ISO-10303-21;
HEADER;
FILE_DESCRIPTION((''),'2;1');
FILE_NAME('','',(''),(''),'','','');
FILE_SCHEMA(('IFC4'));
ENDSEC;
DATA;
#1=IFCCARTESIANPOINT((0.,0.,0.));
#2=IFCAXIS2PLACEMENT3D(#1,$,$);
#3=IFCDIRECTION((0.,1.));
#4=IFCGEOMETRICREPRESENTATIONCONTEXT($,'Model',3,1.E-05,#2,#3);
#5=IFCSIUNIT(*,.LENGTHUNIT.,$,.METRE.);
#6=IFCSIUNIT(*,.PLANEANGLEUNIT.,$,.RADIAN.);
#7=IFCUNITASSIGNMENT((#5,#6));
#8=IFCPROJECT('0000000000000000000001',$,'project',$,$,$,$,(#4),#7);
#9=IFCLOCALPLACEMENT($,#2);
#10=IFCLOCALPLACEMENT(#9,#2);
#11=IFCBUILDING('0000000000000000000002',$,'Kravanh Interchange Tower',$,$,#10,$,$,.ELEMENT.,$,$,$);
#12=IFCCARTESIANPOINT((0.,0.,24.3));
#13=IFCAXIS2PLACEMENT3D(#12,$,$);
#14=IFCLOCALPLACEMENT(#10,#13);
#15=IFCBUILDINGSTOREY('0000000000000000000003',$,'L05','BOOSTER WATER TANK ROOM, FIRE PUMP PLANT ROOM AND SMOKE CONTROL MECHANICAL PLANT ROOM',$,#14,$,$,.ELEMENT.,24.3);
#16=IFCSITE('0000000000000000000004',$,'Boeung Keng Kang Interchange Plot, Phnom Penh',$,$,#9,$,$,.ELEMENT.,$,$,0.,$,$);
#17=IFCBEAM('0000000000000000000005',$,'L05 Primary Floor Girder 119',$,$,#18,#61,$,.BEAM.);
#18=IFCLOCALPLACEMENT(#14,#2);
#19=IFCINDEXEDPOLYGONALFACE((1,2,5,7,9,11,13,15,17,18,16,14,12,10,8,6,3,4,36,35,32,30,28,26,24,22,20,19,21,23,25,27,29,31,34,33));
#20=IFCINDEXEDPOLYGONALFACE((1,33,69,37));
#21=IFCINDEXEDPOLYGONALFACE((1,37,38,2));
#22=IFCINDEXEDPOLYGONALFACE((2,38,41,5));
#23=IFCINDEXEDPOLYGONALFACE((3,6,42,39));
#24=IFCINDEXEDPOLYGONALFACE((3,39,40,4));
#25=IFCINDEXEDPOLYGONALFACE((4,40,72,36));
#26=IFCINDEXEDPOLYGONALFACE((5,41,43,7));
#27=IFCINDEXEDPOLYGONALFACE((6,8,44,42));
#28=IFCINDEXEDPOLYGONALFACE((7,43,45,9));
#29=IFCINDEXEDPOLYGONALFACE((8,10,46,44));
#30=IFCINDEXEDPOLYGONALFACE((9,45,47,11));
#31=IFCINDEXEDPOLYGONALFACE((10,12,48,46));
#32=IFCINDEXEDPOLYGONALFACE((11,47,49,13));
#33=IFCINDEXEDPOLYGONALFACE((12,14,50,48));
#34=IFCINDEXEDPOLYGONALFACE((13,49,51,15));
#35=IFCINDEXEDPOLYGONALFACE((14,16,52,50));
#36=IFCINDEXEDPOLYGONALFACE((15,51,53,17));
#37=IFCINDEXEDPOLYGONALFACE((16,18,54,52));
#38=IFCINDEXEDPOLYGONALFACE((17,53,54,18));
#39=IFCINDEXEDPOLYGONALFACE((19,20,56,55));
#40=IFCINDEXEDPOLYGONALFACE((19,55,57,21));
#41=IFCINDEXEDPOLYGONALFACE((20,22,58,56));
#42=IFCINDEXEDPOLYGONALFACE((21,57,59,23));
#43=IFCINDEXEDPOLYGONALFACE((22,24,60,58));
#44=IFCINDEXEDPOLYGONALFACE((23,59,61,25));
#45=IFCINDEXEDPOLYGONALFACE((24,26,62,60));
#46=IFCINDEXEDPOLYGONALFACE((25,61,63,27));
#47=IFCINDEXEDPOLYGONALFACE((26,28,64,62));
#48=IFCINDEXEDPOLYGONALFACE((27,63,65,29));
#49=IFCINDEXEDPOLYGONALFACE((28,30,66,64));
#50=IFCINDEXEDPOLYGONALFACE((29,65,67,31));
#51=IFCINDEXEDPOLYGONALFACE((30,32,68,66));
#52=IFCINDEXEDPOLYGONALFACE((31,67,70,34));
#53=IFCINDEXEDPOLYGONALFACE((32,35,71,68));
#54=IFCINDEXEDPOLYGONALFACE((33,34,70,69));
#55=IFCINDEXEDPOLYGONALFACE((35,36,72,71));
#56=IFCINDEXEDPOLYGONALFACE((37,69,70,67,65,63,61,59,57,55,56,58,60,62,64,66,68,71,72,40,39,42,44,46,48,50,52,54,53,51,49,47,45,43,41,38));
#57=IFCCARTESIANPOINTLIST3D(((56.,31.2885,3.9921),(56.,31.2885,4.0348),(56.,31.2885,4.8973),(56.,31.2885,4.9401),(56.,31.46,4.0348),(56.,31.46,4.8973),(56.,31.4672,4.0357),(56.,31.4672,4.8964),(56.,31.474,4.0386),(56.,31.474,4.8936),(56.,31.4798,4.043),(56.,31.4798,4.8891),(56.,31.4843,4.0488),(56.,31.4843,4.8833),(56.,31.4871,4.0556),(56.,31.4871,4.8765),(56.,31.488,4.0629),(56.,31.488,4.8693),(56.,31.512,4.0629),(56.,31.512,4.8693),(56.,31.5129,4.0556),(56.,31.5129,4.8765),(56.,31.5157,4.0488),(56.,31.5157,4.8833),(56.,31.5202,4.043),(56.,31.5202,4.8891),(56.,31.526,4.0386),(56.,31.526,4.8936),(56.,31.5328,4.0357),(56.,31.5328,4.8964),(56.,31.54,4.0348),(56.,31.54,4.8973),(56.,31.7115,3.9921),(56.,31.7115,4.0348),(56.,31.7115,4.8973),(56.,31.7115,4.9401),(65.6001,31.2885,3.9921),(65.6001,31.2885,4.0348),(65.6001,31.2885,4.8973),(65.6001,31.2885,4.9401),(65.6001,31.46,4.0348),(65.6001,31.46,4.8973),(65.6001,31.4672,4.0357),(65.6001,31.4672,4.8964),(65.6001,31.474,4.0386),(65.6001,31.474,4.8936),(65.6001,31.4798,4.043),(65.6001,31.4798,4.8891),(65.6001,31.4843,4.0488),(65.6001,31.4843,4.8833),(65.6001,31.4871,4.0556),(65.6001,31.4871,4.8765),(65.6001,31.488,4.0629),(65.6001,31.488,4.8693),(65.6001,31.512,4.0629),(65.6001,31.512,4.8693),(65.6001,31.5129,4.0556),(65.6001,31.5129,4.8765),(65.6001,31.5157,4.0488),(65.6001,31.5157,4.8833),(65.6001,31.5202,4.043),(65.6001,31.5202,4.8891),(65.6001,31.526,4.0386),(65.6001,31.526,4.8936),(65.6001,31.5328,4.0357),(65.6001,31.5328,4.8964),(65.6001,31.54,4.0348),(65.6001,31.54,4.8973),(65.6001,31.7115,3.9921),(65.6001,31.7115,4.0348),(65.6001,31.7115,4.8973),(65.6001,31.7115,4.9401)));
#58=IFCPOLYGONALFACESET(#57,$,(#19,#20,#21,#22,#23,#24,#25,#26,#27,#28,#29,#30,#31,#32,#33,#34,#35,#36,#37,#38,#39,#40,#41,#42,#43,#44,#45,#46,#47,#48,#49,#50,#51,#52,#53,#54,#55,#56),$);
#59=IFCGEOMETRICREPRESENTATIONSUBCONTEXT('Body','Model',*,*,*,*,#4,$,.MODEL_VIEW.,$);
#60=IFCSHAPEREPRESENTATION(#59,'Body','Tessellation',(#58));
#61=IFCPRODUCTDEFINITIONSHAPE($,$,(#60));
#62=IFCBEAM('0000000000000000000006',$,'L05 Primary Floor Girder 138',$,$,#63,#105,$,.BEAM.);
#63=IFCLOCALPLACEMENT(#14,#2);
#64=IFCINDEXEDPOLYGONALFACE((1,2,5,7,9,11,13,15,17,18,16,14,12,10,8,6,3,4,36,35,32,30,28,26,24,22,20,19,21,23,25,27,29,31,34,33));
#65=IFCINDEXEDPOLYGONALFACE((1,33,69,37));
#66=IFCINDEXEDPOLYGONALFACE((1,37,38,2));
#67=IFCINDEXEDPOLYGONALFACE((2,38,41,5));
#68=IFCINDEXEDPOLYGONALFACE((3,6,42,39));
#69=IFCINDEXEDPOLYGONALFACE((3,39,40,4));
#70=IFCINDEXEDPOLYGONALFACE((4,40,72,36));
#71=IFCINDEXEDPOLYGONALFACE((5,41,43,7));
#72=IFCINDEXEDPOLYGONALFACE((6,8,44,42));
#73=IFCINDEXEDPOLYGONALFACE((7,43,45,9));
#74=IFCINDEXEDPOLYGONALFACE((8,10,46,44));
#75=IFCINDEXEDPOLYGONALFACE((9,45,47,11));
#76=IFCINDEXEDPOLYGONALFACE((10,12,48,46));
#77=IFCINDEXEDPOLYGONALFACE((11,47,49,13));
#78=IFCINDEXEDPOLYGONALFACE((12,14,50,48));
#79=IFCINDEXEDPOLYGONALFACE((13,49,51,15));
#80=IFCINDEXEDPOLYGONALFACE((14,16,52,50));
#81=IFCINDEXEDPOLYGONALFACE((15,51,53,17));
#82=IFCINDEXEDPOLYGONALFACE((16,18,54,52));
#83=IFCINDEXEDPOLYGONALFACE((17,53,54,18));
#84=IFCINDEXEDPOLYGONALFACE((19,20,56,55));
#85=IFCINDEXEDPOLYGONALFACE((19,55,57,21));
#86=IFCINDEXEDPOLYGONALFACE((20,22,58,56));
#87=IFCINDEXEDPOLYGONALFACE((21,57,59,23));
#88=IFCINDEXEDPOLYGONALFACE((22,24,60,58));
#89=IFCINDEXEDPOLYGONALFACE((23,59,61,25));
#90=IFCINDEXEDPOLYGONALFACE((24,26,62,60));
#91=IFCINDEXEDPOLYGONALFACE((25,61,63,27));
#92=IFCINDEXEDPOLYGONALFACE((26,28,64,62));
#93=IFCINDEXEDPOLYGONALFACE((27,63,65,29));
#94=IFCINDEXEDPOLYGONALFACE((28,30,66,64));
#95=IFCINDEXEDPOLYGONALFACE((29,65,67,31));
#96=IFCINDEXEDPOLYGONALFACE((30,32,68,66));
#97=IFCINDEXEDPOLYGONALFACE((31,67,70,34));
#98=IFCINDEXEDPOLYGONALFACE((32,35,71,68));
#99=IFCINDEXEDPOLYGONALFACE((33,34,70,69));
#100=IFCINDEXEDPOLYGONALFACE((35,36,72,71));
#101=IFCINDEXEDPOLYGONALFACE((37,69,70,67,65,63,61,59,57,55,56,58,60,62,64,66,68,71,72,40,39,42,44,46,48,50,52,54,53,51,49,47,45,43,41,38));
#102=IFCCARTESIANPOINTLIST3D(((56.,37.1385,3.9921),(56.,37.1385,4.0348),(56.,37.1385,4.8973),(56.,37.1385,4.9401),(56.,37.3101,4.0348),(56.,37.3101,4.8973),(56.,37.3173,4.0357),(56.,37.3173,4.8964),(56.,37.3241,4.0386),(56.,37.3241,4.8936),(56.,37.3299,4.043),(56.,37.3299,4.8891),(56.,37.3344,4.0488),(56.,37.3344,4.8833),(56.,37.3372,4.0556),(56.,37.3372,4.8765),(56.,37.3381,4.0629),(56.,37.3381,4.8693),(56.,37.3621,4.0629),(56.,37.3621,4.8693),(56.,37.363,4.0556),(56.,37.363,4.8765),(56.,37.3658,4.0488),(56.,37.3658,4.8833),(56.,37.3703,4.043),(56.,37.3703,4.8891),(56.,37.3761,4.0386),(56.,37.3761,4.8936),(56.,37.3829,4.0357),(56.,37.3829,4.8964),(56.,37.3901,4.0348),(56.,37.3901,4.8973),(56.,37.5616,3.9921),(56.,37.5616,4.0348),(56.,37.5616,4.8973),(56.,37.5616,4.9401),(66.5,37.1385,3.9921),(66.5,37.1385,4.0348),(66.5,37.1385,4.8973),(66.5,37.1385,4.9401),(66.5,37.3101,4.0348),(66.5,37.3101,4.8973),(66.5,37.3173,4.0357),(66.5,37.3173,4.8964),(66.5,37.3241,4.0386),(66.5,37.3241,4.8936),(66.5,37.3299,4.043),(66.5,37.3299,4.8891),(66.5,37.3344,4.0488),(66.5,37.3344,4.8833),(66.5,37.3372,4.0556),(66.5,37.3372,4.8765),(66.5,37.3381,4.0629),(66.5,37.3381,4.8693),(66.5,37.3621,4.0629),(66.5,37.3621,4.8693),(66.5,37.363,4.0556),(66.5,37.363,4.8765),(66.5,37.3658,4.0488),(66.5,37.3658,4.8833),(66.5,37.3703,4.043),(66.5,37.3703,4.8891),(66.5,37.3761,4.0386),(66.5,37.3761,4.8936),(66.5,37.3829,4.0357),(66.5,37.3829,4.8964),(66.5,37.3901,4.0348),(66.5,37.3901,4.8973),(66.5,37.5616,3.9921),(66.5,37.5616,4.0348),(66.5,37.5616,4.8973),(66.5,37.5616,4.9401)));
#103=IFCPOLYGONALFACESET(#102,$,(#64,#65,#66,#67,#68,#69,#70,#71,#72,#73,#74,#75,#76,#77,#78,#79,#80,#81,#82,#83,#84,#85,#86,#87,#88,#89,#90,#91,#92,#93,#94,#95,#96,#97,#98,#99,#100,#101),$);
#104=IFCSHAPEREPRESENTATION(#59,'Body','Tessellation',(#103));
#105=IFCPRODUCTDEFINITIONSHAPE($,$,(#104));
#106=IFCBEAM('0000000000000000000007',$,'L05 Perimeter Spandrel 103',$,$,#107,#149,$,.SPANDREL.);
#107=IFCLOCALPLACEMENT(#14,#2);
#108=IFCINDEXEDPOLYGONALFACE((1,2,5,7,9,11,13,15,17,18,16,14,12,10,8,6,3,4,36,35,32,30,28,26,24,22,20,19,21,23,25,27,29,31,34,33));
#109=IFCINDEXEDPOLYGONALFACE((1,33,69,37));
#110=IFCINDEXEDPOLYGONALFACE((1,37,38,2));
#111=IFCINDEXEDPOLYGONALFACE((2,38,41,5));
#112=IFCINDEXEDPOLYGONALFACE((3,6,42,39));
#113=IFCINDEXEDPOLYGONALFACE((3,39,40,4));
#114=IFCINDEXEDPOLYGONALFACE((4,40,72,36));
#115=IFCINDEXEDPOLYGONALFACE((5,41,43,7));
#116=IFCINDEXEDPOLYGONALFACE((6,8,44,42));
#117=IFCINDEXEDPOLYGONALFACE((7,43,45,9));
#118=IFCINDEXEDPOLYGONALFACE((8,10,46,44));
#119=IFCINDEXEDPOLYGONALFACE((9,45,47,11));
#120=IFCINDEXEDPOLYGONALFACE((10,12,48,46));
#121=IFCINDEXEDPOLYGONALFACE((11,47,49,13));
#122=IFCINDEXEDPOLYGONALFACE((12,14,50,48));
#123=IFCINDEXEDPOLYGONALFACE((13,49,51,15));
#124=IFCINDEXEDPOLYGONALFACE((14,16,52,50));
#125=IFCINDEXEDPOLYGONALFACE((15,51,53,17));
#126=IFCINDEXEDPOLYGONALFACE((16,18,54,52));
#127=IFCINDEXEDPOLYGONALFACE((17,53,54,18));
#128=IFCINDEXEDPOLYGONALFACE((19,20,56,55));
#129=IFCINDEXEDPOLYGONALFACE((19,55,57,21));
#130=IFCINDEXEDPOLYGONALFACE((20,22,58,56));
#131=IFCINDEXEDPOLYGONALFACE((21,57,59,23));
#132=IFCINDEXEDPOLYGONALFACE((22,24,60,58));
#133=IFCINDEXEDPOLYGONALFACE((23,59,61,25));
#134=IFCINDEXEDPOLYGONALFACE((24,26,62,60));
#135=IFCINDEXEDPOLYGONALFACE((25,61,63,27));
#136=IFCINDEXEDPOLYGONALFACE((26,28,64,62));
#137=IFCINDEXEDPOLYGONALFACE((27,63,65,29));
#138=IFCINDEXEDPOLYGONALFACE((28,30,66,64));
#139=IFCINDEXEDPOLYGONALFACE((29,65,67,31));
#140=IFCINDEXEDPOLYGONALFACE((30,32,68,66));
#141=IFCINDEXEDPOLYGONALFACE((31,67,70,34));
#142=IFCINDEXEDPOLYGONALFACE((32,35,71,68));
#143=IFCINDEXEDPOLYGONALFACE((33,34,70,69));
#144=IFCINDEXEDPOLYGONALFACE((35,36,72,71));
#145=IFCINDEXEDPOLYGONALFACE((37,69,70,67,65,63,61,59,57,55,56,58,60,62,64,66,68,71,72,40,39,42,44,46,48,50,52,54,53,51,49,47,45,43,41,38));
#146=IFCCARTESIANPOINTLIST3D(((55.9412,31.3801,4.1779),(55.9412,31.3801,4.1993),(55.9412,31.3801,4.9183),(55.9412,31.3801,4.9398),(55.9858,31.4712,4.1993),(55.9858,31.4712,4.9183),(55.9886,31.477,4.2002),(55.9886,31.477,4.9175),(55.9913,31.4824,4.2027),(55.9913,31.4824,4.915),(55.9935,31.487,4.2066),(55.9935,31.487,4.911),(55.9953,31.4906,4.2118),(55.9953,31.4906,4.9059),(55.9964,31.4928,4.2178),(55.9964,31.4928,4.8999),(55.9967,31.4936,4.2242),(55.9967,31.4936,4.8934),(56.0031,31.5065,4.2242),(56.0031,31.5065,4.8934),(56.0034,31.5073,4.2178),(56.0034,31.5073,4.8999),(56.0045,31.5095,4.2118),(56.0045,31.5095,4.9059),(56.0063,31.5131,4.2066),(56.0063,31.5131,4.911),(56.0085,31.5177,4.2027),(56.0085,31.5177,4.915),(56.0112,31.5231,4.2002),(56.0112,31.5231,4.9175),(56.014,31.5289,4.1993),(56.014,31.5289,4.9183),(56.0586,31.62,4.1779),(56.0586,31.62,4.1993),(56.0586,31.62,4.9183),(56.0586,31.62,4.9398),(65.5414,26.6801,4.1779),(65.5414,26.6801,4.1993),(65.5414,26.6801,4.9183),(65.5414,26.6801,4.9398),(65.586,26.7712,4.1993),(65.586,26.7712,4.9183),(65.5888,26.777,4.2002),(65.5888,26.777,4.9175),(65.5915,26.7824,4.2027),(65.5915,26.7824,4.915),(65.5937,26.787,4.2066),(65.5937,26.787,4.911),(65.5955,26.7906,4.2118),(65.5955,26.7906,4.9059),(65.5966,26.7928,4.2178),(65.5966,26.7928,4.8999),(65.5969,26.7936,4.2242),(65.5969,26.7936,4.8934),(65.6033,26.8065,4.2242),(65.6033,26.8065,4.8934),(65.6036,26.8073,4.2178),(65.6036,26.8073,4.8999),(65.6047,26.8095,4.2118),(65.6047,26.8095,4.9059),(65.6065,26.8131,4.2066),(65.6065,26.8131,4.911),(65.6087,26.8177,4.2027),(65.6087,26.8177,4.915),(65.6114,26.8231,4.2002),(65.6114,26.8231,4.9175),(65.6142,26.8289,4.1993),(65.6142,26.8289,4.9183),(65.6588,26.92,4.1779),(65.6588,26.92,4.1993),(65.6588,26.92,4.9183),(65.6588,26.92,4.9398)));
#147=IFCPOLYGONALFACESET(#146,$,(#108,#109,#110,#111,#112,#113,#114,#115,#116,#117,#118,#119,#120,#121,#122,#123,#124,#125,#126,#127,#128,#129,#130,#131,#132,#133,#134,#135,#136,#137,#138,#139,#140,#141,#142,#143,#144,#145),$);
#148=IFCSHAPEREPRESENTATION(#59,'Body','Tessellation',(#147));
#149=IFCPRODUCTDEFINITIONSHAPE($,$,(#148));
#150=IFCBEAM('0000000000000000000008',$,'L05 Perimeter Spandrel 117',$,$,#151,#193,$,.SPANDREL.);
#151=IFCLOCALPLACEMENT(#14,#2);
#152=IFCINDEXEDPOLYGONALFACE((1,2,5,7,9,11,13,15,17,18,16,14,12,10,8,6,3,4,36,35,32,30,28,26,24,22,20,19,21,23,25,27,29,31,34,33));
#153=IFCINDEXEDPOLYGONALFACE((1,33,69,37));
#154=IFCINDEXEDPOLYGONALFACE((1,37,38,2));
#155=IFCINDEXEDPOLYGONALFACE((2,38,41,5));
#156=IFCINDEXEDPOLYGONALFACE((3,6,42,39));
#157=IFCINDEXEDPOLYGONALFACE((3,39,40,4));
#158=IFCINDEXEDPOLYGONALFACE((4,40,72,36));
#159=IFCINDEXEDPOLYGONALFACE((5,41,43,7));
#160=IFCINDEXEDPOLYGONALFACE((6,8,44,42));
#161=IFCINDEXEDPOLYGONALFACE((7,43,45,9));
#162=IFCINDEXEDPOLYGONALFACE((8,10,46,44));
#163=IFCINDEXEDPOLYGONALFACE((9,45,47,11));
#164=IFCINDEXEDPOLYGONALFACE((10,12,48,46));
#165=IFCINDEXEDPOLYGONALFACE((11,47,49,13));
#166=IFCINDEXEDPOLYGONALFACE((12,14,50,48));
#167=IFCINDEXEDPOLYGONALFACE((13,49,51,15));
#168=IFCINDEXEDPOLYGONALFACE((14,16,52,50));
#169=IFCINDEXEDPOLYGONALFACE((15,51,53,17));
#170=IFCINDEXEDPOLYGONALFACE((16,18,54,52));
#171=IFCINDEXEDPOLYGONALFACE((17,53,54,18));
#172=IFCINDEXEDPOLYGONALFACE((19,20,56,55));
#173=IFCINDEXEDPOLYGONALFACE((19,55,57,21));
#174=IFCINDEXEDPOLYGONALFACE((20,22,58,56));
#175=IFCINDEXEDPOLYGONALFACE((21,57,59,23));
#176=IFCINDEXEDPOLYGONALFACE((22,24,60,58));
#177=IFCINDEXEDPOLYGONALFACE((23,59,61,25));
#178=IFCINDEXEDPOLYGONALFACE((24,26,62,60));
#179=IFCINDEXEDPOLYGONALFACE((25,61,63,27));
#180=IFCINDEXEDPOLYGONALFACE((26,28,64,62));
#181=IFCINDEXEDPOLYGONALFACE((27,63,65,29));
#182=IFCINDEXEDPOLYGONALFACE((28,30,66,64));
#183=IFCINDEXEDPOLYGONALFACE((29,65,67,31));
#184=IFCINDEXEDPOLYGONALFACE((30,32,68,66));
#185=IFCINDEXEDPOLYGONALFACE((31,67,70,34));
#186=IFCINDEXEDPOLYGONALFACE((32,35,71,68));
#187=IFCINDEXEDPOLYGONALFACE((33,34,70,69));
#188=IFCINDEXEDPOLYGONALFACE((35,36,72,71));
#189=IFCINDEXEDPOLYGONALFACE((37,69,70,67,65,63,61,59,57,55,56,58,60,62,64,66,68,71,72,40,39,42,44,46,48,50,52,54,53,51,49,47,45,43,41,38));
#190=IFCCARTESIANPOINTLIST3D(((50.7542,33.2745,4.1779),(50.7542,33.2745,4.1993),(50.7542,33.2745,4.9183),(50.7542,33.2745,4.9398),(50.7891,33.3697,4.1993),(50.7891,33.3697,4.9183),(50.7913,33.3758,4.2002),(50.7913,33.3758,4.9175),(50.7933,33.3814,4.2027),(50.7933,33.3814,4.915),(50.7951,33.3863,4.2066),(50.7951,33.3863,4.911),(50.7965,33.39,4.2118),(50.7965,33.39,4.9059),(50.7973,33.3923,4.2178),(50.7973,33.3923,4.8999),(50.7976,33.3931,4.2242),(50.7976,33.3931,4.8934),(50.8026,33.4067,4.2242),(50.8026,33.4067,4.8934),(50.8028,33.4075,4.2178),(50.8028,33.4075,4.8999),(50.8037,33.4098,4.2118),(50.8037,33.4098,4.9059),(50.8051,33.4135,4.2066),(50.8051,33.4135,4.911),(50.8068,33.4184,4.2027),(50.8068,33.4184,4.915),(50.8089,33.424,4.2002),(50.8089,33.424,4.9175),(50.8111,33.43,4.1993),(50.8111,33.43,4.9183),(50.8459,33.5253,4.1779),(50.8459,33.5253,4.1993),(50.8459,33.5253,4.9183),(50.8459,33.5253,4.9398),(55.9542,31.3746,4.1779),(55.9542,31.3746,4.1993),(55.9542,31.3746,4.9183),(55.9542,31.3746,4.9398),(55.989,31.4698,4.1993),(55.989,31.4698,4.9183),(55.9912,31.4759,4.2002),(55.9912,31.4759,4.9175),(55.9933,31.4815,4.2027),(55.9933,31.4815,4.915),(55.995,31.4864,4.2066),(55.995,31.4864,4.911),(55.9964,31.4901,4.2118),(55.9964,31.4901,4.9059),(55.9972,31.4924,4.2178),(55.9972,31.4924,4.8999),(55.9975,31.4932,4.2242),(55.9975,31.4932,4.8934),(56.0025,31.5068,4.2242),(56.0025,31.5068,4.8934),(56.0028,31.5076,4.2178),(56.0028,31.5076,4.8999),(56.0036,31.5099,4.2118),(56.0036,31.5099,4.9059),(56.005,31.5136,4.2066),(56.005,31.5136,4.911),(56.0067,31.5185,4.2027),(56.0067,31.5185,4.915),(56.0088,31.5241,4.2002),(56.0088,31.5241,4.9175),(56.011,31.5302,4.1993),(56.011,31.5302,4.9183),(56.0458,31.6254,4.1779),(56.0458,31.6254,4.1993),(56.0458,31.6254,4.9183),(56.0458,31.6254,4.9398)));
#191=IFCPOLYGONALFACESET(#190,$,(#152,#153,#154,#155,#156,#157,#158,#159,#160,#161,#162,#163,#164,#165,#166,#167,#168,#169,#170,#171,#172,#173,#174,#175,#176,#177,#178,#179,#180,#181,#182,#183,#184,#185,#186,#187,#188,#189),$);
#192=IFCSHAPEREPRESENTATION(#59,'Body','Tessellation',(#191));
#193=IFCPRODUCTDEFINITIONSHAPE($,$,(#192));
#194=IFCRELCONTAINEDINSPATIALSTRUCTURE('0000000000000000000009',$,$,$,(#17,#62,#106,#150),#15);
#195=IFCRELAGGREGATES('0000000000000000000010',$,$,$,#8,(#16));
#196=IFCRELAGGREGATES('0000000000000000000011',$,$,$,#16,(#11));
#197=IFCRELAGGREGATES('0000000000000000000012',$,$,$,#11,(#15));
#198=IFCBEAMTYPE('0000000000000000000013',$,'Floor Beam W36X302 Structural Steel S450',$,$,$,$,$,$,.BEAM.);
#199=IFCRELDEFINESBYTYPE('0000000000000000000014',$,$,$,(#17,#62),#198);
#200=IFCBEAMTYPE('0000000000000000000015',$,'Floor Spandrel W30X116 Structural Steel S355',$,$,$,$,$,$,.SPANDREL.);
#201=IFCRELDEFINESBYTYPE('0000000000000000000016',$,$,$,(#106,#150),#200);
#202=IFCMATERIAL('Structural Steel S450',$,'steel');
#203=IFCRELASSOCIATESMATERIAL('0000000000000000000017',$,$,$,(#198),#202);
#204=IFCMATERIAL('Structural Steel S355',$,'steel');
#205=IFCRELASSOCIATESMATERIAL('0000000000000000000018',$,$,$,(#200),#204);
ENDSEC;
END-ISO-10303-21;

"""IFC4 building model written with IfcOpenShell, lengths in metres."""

from ifc_helpers import new_model, si_unit, direction, frame, origin, origin_2d, place, context, subcontext, project, spatial, i_section, extrude, material, material_profile, profile_set, type_object, element, save


model = new_model("IFC4")

# Units and contexts
model_context = context("Model", 3, precision=1e-05, world=origin(), true_north=direction((0.0, 1.0)))
body_context = subcontext(model_context, "Body", "Model", "MODEL_VIEW")
ifc_project = project(units=[si_unit("LENGTHUNIT", "METRE"), si_unit("PLANEANGLEUNIT", "RADIAN")], contexts=[model_context])

# Site, building, storey
site_placement = place(None, origin())
site = spatial("IfcSite", under=ifc_project, at=site_placement, Name="Boeung Keng Kang Interchange Plot, Phnom Penh", CompositionType="ELEMENT", RefElevation=0.0)
building_placement = place(site_placement, origin())
building = spatial("IfcBuilding", under=site, at=building_placement, Name="Kravanh Interchange Tower", CompositionType="ELEMENT")
storey_placement = place(building_placement, frame((0.0, 0.0, 24.3)))
storey = spatial("IfcBuildingStorey", under=building, at=storey_placement, Name="L05", Description="BOOSTER WATER TANK ROOM, FIRE PUMP PLANT ROOM AND SMOKE CONTROL MECHANICAL PLANT ROOM", CompositionType="ELEMENT", Elevation=24.3)

# Beams
ifc_material_1 = material(Name="Structural Steel S450", Category="steel")
ifc_material_profile_1 = material_profile(ifc_material_1, i_section(OverallWidth=0.4231, OverallDepth=0.948, WebThickness=0.0239, FlangeThickness=0.0427, FilletRadius=0.0281, at=origin_2d()), Name="W36X302")
ifc_profile_set_1 = profile_set([ifc_material_profile_1], Name="Structural Steel S450")
beam_type_1 = type_object("IfcBeamType", Name="Floor Beam W36X302 Structural Steel S450", PredefinedType="BEAM", material=ifc_profile_set_1)
beam_1_placement = place(storey_placement, frame((56.0, 31.5, 4.4661), z_axis=(1.0, 0.0, 0.0), x_axis=(0.0, 1.0, 0.0)))
element("IfcBeam", 1, at=beam_1_placement, inside=storey, type_object=beam_type_1, Name="L05 Primary Floor Girder 119", PredefinedType="BEAM", context=body_context, shape_type="SweptSolid", body=[
    extrude(i_section(OverallWidth=0.4231, OverallDepth=0.948, WebThickness=0.0239, FlangeThickness=0.0427, FilletRadius=0.0281, at=origin_2d()), origin(), (0.0, 0.0, 1.0), 9.6001),
])
beam_2_placement = place(storey_placement, frame((66.5, 37.3501, 4.4661), z_axis=(-1.0, 0.0, 0.0), x_axis=(0.0, -1.0, 0.0)))
element("IfcBeam", 2, at=beam_2_placement, inside=storey, type_object=beam_type_1, Name="L05 Primary Floor Girder 138", PredefinedType="BEAM", context=body_context, shape_type="SweptSolid", body=[
    extrude(i_section(OverallWidth=0.4231, OverallDepth=0.948, WebThickness=0.0239, FlangeThickness=0.0427, FilletRadius=0.0281, at=origin_2d()), origin(), (0.0, 0.0, 1.0), 10.5),
])
ifc_material_2 = material(Name="Structural Steel S355", Category="steel")
ifc_material_profile_2 = material_profile(ifc_material_2, i_section(OverallWidth=0.2671, OverallDepth=0.762, WebThickness=0.0144, FlangeThickness=0.0215, FilletRadius=0.0249, at=origin_2d()), Name="W30X116")
ifc_profile_set_2 = profile_set([ifc_material_profile_2], Name="Structural Steel S355")
beam_type_2 = type_object("IfcBeamType", Name="Floor Spandrel W30X116 Structural Steel S355", PredefinedType="SPANDREL", material=ifc_profile_set_2)
beam_3_placement = place(storey_placement, frame((65.6001, 26.8, 4.5588), z_axis=(-0.898142, 0.439706, 0.0), x_axis=(-0.439706, -0.898142, 0.0)))
element("IfcBeam", 3, at=beam_3_placement, inside=storey, type_object=beam_type_2, Name="L05 Perimeter Spandrel 103", PredefinedType="SPANDREL", context=body_context, shape_type="SweptSolid", body=[
    extrude(i_section(OverallWidth=0.2671, OverallDepth=0.762, WebThickness=0.0144, FlangeThickness=0.0215, FilletRadius=0.0249, at=origin_2d()), origin(), (0.0, 0.0, 1.0), 10.689),
])
beam_4_placement = place(storey_placement, frame((56.0, 31.5, 4.5588), z_axis=(-0.93927, 0.34318, 0.0), x_axis=(-0.34318, -0.93927, 0.0)))
element("IfcBeam", 4, at=beam_4_placement, inside=storey, type_object=beam_type_2, Name="L05 Perimeter Spandrel 117", PredefinedType="SPANDREL", context=body_context, shape_type="SweptSolid", body=[
    extrude(i_section(OverallWidth=0.2671, OverallDepth=0.762, WebThickness=0.0144, FlangeThickness=0.0215, FilletRadius=0.0249, at=origin_2d()), origin(), (0.0, 0.0, 1.0), 5.5361),
])

save(model, "model.ifc")
